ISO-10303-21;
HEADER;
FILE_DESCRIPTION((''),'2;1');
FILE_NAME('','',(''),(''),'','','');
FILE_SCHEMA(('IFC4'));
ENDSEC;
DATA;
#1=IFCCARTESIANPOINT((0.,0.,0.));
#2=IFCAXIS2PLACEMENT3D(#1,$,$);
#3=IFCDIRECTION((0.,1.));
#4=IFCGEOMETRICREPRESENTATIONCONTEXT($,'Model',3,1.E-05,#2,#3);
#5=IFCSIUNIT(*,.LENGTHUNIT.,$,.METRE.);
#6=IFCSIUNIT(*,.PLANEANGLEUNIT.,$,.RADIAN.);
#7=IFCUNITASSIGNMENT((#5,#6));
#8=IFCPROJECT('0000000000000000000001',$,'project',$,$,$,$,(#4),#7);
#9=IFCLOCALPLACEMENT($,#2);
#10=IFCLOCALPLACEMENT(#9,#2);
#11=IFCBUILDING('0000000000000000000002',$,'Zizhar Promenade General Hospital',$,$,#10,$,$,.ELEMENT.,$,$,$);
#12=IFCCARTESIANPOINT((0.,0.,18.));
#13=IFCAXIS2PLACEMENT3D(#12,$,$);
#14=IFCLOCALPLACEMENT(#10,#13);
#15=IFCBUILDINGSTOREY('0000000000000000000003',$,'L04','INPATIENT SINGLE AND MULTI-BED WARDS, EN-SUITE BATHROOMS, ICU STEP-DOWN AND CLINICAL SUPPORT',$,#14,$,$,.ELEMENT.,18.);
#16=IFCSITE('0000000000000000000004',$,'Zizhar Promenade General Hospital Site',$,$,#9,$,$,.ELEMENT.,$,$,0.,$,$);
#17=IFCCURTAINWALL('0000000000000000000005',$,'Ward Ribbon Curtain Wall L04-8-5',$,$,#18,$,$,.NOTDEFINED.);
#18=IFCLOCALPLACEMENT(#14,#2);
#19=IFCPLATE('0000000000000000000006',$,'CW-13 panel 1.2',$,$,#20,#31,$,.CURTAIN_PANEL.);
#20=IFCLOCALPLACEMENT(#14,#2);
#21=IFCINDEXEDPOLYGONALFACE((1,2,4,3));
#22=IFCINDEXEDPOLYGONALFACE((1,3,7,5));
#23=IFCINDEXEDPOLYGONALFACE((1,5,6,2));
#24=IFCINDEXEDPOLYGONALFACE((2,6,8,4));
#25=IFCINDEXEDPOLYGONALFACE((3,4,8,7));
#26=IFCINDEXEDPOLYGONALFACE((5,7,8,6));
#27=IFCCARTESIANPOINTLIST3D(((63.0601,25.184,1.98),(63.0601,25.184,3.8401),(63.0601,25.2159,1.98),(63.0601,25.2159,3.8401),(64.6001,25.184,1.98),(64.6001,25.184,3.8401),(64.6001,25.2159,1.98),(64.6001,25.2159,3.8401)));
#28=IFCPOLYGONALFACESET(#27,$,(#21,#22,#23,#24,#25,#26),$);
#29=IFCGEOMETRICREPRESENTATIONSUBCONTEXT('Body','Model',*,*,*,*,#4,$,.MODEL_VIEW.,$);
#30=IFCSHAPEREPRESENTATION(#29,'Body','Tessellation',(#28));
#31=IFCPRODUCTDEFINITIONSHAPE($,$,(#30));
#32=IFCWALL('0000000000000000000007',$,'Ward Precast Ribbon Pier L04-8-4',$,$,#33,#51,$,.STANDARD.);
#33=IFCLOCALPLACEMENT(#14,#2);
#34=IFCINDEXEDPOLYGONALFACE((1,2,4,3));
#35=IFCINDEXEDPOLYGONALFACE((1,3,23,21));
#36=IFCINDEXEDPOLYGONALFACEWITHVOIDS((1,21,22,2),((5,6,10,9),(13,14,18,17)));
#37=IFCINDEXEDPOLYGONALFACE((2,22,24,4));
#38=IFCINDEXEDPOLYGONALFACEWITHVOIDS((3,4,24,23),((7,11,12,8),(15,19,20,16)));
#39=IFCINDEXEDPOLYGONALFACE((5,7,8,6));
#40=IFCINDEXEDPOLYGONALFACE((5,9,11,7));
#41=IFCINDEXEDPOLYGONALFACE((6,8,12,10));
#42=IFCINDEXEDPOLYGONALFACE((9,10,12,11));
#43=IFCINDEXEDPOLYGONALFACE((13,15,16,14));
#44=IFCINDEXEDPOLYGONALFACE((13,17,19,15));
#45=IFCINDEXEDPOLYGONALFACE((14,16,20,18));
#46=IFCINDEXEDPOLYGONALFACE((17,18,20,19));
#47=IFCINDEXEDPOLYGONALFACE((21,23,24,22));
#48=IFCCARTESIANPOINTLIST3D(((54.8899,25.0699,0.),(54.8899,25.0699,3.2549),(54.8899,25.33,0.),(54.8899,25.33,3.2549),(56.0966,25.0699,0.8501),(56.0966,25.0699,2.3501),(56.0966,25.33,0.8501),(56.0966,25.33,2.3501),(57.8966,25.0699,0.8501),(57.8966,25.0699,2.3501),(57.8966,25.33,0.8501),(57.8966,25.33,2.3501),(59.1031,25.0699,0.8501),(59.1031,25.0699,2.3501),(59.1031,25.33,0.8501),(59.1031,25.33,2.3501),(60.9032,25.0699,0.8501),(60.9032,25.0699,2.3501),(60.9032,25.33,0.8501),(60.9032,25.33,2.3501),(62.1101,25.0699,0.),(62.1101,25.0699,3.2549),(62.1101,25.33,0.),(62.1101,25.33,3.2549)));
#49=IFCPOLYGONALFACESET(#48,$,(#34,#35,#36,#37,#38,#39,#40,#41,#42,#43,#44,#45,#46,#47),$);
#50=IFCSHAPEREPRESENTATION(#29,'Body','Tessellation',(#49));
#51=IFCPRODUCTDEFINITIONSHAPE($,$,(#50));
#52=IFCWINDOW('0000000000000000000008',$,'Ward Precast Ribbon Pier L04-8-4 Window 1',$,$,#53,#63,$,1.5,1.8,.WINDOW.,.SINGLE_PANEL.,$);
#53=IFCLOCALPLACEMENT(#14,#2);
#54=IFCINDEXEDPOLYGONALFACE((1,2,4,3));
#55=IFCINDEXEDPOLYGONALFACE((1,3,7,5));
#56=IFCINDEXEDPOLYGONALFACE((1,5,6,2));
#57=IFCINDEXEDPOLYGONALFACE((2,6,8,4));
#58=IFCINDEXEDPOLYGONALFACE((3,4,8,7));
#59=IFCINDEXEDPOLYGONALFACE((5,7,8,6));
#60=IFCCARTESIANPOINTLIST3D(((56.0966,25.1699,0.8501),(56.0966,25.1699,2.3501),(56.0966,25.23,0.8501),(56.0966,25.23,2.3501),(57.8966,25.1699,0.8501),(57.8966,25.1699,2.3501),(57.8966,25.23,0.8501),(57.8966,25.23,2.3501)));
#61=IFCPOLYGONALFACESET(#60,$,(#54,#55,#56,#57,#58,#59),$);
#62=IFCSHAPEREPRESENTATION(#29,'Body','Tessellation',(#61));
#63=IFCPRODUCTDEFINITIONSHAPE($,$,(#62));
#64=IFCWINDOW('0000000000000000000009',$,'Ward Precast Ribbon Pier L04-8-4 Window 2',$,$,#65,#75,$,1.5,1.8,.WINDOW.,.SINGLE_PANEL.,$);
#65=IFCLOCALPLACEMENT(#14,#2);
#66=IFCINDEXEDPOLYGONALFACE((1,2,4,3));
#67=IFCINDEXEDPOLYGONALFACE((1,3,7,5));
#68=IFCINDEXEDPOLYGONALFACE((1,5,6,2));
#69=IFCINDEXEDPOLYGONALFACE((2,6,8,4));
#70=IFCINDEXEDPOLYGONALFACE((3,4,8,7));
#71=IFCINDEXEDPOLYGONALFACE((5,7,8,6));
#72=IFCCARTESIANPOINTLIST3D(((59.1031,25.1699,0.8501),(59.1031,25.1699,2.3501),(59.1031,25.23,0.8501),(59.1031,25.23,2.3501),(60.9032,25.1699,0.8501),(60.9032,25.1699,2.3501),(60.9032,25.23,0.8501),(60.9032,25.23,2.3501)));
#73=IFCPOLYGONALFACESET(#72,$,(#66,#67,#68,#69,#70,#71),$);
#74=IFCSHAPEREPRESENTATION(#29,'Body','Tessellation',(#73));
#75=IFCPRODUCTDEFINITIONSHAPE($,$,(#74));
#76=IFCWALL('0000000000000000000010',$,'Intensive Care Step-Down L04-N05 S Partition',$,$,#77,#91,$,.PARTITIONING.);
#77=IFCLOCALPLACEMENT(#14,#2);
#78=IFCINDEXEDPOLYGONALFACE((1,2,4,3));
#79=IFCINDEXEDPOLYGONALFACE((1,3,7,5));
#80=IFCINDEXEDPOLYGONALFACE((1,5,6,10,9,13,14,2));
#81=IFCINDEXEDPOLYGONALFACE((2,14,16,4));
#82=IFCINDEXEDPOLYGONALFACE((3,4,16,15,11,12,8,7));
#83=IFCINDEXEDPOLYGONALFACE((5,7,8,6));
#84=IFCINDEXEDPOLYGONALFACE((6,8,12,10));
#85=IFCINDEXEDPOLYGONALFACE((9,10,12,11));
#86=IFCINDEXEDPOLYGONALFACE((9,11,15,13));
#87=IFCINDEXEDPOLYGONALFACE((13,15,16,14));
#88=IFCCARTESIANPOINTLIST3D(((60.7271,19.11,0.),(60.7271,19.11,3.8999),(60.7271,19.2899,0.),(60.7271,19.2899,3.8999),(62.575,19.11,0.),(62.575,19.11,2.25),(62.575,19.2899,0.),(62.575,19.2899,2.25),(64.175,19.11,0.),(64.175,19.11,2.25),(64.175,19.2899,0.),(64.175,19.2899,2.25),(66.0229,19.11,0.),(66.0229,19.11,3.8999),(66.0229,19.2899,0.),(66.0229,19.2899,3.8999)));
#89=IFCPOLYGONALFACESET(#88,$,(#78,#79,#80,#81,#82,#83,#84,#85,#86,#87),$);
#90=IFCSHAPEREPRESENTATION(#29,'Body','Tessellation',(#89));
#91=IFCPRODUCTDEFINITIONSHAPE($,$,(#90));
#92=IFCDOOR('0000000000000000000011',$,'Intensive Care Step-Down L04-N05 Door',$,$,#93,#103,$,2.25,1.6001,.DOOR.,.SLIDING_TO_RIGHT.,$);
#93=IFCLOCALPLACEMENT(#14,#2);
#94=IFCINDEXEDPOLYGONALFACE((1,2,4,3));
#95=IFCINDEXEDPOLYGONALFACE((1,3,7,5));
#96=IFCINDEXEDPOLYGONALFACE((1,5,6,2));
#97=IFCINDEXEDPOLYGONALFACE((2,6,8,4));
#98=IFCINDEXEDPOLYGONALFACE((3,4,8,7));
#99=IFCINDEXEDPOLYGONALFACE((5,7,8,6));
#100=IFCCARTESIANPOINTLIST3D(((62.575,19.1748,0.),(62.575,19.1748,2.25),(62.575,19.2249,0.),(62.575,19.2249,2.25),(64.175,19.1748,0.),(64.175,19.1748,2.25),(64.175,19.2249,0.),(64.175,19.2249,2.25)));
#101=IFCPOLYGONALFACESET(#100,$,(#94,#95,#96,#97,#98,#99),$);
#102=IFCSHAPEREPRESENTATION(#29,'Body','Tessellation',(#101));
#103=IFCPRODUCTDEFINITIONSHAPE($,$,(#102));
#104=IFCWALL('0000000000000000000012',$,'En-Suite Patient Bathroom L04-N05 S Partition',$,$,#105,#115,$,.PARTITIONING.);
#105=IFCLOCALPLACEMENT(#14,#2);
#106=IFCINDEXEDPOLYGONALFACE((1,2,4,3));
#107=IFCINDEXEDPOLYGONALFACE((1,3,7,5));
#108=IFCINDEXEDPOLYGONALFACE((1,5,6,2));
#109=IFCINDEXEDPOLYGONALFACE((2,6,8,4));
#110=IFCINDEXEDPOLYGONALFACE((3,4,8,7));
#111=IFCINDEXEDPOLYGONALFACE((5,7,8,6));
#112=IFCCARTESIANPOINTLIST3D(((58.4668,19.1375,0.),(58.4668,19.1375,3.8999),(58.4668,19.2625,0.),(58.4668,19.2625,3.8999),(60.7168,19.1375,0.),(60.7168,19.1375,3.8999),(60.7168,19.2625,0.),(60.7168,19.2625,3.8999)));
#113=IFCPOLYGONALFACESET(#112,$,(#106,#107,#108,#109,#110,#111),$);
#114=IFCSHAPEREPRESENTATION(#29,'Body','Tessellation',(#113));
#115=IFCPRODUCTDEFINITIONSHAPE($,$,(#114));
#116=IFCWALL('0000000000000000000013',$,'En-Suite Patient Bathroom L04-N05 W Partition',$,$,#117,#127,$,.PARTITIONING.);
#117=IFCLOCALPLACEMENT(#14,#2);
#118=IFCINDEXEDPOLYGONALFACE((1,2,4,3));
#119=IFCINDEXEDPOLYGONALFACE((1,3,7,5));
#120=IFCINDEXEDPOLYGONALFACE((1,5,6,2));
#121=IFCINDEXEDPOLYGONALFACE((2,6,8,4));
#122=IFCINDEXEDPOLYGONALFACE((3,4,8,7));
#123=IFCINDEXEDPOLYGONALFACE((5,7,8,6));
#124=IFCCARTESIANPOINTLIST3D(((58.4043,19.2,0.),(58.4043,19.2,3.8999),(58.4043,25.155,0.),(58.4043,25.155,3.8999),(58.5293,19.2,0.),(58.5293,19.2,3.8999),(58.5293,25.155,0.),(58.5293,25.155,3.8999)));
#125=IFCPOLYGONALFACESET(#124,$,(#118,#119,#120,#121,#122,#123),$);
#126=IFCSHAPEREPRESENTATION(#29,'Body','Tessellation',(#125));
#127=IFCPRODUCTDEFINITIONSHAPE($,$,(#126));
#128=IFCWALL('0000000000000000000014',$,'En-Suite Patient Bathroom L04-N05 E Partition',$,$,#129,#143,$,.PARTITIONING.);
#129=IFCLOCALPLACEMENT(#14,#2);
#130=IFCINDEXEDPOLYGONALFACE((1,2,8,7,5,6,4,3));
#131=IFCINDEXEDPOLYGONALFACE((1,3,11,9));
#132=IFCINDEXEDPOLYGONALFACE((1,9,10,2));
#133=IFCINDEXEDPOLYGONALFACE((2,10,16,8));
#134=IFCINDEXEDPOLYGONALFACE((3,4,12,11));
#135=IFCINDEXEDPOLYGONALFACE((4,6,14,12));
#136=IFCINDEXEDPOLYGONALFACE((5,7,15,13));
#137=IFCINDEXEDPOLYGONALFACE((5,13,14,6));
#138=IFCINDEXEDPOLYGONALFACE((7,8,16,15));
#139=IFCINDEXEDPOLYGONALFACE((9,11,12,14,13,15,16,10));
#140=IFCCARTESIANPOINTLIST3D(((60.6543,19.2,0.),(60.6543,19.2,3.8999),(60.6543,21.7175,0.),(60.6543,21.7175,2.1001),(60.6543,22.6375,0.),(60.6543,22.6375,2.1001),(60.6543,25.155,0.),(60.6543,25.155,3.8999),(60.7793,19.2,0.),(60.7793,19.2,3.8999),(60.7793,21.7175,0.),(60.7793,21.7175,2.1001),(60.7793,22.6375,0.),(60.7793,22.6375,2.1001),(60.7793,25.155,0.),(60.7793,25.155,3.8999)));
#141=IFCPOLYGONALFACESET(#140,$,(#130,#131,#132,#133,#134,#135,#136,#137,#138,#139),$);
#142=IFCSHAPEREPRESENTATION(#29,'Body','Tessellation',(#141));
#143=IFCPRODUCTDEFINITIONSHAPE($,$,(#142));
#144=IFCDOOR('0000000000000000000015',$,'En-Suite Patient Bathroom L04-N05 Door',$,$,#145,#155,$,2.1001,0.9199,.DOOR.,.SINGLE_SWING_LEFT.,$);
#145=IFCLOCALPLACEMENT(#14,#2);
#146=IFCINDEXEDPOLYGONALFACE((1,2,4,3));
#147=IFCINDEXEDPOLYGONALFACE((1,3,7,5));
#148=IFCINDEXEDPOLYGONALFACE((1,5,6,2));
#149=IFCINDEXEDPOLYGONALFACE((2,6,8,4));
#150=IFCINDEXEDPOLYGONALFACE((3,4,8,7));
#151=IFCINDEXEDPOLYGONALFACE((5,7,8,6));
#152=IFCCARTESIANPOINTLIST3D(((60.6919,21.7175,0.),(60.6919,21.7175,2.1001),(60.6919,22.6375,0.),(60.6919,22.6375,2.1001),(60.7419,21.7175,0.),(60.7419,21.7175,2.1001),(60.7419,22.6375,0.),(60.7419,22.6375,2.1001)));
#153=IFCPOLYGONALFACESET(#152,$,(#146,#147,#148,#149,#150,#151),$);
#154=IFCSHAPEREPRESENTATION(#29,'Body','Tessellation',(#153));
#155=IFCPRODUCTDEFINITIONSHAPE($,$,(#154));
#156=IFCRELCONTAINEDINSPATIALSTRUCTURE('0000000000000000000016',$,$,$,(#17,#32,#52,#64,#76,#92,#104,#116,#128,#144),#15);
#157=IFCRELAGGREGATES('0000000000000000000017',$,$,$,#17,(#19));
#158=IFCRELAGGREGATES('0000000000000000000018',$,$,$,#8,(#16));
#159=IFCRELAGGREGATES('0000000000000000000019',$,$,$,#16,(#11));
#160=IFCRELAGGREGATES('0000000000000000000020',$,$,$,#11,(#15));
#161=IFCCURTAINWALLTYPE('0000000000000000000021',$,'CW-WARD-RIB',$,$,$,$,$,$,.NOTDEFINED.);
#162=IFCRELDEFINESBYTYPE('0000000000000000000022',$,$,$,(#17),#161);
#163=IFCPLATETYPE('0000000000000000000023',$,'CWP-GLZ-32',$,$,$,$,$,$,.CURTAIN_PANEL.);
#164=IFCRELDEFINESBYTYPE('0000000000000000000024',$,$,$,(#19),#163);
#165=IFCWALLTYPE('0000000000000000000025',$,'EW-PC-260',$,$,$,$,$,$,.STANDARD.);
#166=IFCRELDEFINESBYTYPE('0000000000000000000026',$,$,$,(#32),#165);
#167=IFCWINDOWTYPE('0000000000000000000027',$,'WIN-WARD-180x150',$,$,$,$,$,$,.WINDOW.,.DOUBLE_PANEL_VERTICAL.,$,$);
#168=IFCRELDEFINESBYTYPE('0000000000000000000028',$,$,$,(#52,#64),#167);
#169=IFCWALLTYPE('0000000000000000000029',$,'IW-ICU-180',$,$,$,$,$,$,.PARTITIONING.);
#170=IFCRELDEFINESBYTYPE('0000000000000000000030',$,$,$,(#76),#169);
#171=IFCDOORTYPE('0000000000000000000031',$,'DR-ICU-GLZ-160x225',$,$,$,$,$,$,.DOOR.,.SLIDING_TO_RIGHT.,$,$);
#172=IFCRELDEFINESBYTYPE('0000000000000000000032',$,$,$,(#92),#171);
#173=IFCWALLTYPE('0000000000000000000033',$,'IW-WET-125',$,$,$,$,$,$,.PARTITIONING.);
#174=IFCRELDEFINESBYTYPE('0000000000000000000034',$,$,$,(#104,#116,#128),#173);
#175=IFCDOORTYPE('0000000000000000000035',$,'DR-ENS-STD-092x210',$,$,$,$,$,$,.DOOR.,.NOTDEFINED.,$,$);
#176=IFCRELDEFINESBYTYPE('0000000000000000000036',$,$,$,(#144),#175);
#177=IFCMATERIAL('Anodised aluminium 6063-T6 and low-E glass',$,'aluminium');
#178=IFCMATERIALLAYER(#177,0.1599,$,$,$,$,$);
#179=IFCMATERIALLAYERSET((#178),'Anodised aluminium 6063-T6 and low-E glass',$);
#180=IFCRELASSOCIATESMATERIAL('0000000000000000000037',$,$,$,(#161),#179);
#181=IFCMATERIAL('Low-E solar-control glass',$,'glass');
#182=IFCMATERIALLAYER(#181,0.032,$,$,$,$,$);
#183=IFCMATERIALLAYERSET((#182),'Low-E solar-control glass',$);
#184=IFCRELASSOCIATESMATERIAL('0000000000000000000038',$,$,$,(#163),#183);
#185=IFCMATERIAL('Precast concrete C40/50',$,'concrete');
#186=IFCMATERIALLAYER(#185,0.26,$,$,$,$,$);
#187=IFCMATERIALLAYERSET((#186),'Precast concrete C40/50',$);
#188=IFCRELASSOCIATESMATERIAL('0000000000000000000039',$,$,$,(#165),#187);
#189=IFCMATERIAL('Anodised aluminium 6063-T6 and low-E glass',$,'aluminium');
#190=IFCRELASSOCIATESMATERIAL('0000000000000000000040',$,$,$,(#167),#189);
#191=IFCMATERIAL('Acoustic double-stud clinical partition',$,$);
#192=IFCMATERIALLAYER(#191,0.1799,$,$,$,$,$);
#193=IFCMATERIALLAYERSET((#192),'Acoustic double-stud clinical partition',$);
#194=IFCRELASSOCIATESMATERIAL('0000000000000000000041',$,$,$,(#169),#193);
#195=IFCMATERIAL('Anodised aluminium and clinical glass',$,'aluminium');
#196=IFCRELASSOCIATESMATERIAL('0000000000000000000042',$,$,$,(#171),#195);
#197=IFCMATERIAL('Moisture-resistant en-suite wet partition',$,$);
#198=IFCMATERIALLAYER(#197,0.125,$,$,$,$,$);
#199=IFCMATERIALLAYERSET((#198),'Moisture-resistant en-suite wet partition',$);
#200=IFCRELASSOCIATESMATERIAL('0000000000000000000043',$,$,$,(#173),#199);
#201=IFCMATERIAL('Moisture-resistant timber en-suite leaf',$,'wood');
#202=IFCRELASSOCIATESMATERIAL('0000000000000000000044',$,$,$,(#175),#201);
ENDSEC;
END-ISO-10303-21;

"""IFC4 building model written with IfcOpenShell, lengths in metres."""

from ifc_helpers import new_model, si_unit, direction, frame, frame_2d, origin, origin_2d, place, context, subcontext, project, spatial, rectangle, extrude, material, layer, layer_set, type_object, element, fill, aggregate, save


model = new_model("IFC4")

# Units and contexts
model_context = context("Model", 3, precision=1e-05, world=origin(), true_north=direction((0.0, 1.0)))
body_context = subcontext(model_context, "Body", "Model", "MODEL_VIEW")
ifc_project = project(units=[si_unit("LENGTHUNIT", "METRE"), si_unit("PLANEANGLEUNIT", "RADIAN")], contexts=[model_context])

# Site, building, storey
site_placement = place(None, origin())
site = spatial("IfcSite", under=ifc_project, at=site_placement, Name="Zizhar Promenade General Hospital Site", CompositionType="ELEMENT", RefElevation=0.0)
building_placement = place(site_placement, origin())
building = spatial("IfcBuilding", under=site, at=building_placement, Name="Zizhar Promenade General Hospital", CompositionType="ELEMENT")
storey_placement = place(building_placement, frame((0.0, 0.0, 18.0)))
storey = spatial("IfcBuildingStorey", under=building, at=storey_placement, Name="L04", Description="INPATIENT SINGLE AND MULTI-BED WARDS, EN-SUITE BATHROOMS, ICU STEP-DOWN AND CLINICAL SUPPORT", CompositionType="ELEMENT", Elevation=18.0)

# Shared definitions
ifc_material_1 = material(Name="Anodised aluminium 6063-T6 and low-E glass", Category="aluminium")
ifc_layer_1 = layer(ifc_material_1, 0.1599)
ifc_layer_set_1 = layer_set([ifc_layer_1], Name="Anodised aluminium 6063-T6 and low-E glass")
curtain_wall_type = type_object("IfcCurtainWallType", Name="CW-WARD-RIB", PredefinedType="NOTDEFINED", material=ifc_layer_set_1)

# Curtain wall, plate
curtain_wall_1_placement = place(storey_placement, origin())
curtain_wall_1 = element("IfcCurtainWall", 1, at=curtain_wall_1_placement, inside=storey, type_object=curtain_wall_type, Name="Ward Ribbon Curtain Wall L04-8-5", PredefinedType="NOTDEFINED")
ifc_material_2 = material(Name="Low-E solar-control glass", Category="glass")
ifc_layer_2 = layer(ifc_material_2, 0.032)
ifc_layer_set_2 = layer_set([ifc_layer_2], Name="Low-E solar-control glass")
plate_type = type_object("IfcPlateType", Name="CWP-GLZ-32", PredefinedType="CURTAIN_PANEL", material=ifc_layer_set_2)
plate_1_placement = place(storey_placement, frame((63.8301, 25.2, 1.98), z_axis=(0.0, 0.0, 1.0), x_axis=(1.0, 0.0, 0.0)))
plate_1 = element("IfcPlate", 2, at=plate_1_placement, type_object=plate_type, Name="CW-13 panel 1.2", PredefinedType="CURTAIN_PANEL", context=body_context, shape_type="SweptSolid", body=[
    extrude(rectangle(XDim=1.54, YDim=0.032, at=origin_2d()), origin(), (0.0, 0.0, 1.0), 1.8601),
])
aggregate(curtain_wall_1, [plate_1])

# Wall, openings, windows
ifc_material_3 = material(Name="Precast concrete C40/50", Category="concrete")
ifc_layer_3 = layer(ifc_material_3, 0.26)
ifc_layer_set_3 = layer_set([ifc_layer_3], Name="Precast concrete C40/50")
wall_type_1 = type_object("IfcWallType", Name="EW-PC-260", PredefinedType="STANDARD", material=ifc_layer_set_3)
wall_1_placement = place(storey_placement, frame((54.8899, 25.2, 0.0), z_axis=(0.0, 0.0, 1.0), x_axis=(1.0, 0.0, 0.0)))
wall_1 = element("IfcWall", 3, at=wall_1_placement, inside=storey, type_object=wall_type_1, Name="Ward Precast Ribbon Pier L04-8-4", PredefinedType="STANDARD", context=body_context, shape_type="SweptSolid", body=[
    extrude(rectangle(XDim=7.2202, YDim=0.26, at=frame_2d((3.6101, 0.0))), origin(), (0.0, 0.0, 1.0), 3.2549),
])
opening_1_placement = place(wall_1_placement, frame((1.2068, 0.0, 0.8501)))
opening_1 = element("IfcOpeningElement", 4, at=opening_1_placement, cuts=wall_1, PredefinedType="OPENING", context=body_context, shape_type="SweptSolid", body=[
    extrude(rectangle(XDim=1.8, YDim=1.5, at=frame_2d((0.8999, 0.75))), frame((0.0, 0.1401, 0.0), z_axis=(0.0, -1.0, 0.0), x_axis=(1.0, 0.0, 0.0)), (0.0, 0.0, 1.0), 0.28),
])
opening_2_placement = place(wall_1_placement, frame((4.2134, 0.0, 0.8501)))
opening_2 = element("IfcOpeningElement", 5, at=opening_2_placement, cuts=wall_1, PredefinedType="OPENING", context=body_context, shape_type="SweptSolid", body=[
    extrude(rectangle(XDim=1.8, YDim=1.5, at=frame_2d((0.8999, 0.75))), frame((0.0, 0.1401, 0.0), z_axis=(0.0, -1.0, 0.0), x_axis=(1.0, 0.0, 0.0)), (0.0, 0.0, 1.0), 0.28),
])
ifc_material_4 = material(Name="Anodised aluminium 6063-T6 and low-E glass", Category="aluminium")
window_type = type_object("IfcWindowType", Name="WIN-WARD-180x150", PartitioningType="DOUBLE_PANEL_VERTICAL", PredefinedType="WINDOW", material=ifc_material_4)
window_1_placement = place(opening_1_placement, origin())
window_1 = element("IfcWindow", 6, at=window_1_placement, inside=storey, type_object=window_type, Name="Ward Precast Ribbon Pier L04-8-4 Window 1", OverallHeight=1.5, OverallWidth=1.8, PartitioningType="SINGLE_PANEL", PredefinedType="WINDOW", context=body_context, shape_type="SweptSolid", body=[
    extrude(rectangle(XDim=1.8, YDim=1.5, at=frame_2d((0.8999, 0.75))), frame((0.0, 0.03, 0.0), z_axis=(0.0, -1.0, 0.0), x_axis=(1.0, 0.0, 0.0)), (0.0, 0.0, 1.0), 0.0601),
])
fill(opening_1, window_1)
window_2_placement = place(opening_2_placement, origin())
window_2 = element("IfcWindow", 7, at=window_2_placement, inside=storey, type_object=window_type, Name="Ward Precast Ribbon Pier L04-8-4 Window 2", OverallHeight=1.5, OverallWidth=1.8, PartitioningType="SINGLE_PANEL", PredefinedType="WINDOW", context=body_context, shape_type="SweptSolid", body=[
    extrude(rectangle(XDim=1.8, YDim=1.5, at=frame_2d((0.8999, 0.75))), frame((0.0, 0.03, 0.0), z_axis=(0.0, -1.0, 0.0), x_axis=(1.0, 0.0, 0.0)), (0.0, 0.0, 1.0), 0.0601),
])
fill(opening_2, window_2)

# Wall, opening, door
ifc_material_5 = material(Name="Acoustic double-stud clinical partition")
ifc_layer_4 = layer(ifc_material_5, 0.1799)
ifc_layer_set_4 = layer_set([ifc_layer_4], Name="Acoustic double-stud clinical partition")
wall_type_2 = type_object("IfcWallType", Name="IW-ICU-180", PredefinedType="PARTITIONING", material=ifc_layer_set_4)
wall_2_placement = place(storey_placement, frame((60.7271, 19.2, 0.0), z_axis=(0.0, 0.0, 1.0), x_axis=(1.0, 0.0, 0.0)))
wall_2 = element("IfcWall", 8, at=wall_2_placement, inside=storey, type_object=wall_type_2, Name="Intensive Care Step-Down L04-N05 S Partition", PredefinedType="PARTITIONING", context=body_context, shape_type="SweptSolid", body=[
    extrude(rectangle(XDim=5.2959, YDim=0.1799, at=frame_2d((2.6479, 0.0))), origin(), (0.0, 0.0, 1.0), 3.8999),
])
opening_3_placement = place(wall_2_placement, frame((1.8479, 0.0, 0.0)))
opening_3 = element("IfcOpeningElement", 9, at=opening_3_placement, cuts=wall_2, PredefinedType="OPENING", context=body_context, shape_type="SweptSolid", body=[
    extrude(rectangle(XDim=1.6001, YDim=2.25, at=frame_2d((0.8, 1.125))), frame((0.0, 0.1001, 0.0), z_axis=(0.0, -1.0, 0.0), x_axis=(1.0, 0.0, 0.0)), (0.0, 0.0, 1.0), 0.2),
])
ifc_material_6 = material(Name="Anodised aluminium and clinical glass", Category="aluminium")
door_type_1 = type_object("IfcDoorType", Name="DR-ICU-GLZ-160x225", OperationType="SLIDING_TO_RIGHT", PredefinedType="DOOR", material=ifc_material_6)
door_1_placement = place(opening_3_placement, origin())
door_1 = element("IfcDoor", 10, at=door_1_placement, inside=storey, type_object=door_type_1, Name="Intensive Care Step-Down L04-N05 Door", OperationType="SLIDING_TO_RIGHT", OverallHeight=2.25, OverallWidth=1.6001, PredefinedType="DOOR", context=body_context, shape_type="SweptSolid", body=[
    extrude(rectangle(XDim=1.6001, YDim=2.25, at=frame_2d((0.8, 1.125))), frame((0.0, 0.0249, 0.0), z_axis=(0.0, -1.0, 0.0), x_axis=(1.0, 0.0, 0.0)), (0.0, 0.0, 1.0), 0.05),
])
fill(opening_3, door_1)

# Walls
ifc_material_7 = material(Name="Moisture-resistant en-suite wet partition")
ifc_layer_5 = layer(ifc_material_7, 0.125)
ifc_layer_set_5 = layer_set([ifc_layer_5], Name="Moisture-resistant en-suite wet partition")
wall_type_3 = type_object("IfcWallType", Name="IW-WET-125", PredefinedType="PARTITIONING", material=ifc_layer_set_5)
wall_3_placement = place(storey_placement, frame((58.4668, 19.2, 0.0), z_axis=(0.0, 0.0, 1.0), x_axis=(1.0, 0.0, 0.0)))
element("IfcWall", 11, at=wall_3_placement, inside=storey, type_object=wall_type_3, Name="En-Suite Patient Bathroom L04-N05 S Partition", PredefinedType="PARTITIONING", context=body_context, shape_type="SweptSolid", body=[
    extrude(rectangle(XDim=2.25, YDim=0.125, at=frame_2d((1.125, 0.0))), origin(), (0.0, 0.0, 1.0), 3.8999),
])
wall_4_placement = place(storey_placement, frame((58.4668, 19.2, 0.0), z_axis=(0.0, 0.0, 1.0), x_axis=(0.0, 1.0, 0.0)))
element("IfcWall", 12, at=wall_4_placement, inside=storey, type_object=wall_type_3, Name="En-Suite Patient Bathroom L04-N05 W Partition", PredefinedType="PARTITIONING", context=body_context, shape_type="SweptSolid", body=[
    extrude(rectangle(XDim=5.9551, YDim=0.125, at=frame_2d((2.9775, 0.0))), origin(), (0.0, 0.0, 1.0), 3.8999),
])

# Wall, opening, door
wall_5_placement = place(storey_placement, frame((60.7168, 19.2, 0.0), z_axis=(0.0, 0.0, 1.0), x_axis=(0.0, 1.0, 0.0)))
wall_5 = element("IfcWall", 13, at=wall_5_placement, inside=storey, type_object=wall_type_3, Name="En-Suite Patient Bathroom L04-N05 E Partition", PredefinedType="PARTITIONING", context=body_context, shape_type="SweptSolid", body=[
    extrude(rectangle(XDim=5.9551, YDim=0.125, at=frame_2d((2.9775, 0.0))), origin(), (0.0, 0.0, 1.0), 3.8999),
])
opening_4_placement = place(wall_5_placement, frame((2.5176, 0.0, 0.0)))
opening_4 = element("IfcOpeningElement", 14, at=opening_4_placement, cuts=wall_5, PredefinedType="OPENING", context=body_context, shape_type="SweptSolid", body=[
    extrude(rectangle(XDim=0.9199, YDim=2.1001, at=frame_2d((0.46, 1.05))), frame((0.0, 0.0725, 0.0), z_axis=(0.0, -1.0, 0.0), x_axis=(1.0, 0.0, 0.0)), (0.0, 0.0, 1.0), 0.145),
])
ifc_material_8 = material(Name="Moisture-resistant timber en-suite leaf", Category="wood")
door_type_2 = type_object("IfcDoorType", Name="DR-ENS-STD-092x210", OperationType="NOTDEFINED", PredefinedType="DOOR", material=ifc_material_8)
door_2_placement = place(opening_4_placement, origin())
door_2 = element("IfcDoor", 15, at=door_2_placement, inside=storey, type_object=door_type_2, Name="En-Suite Patient Bathroom L04-N05 Door", OperationType="SINGLE_SWING_LEFT", OverallHeight=2.1001, OverallWidth=0.9199, PredefinedType="DOOR", context=body_context, shape_type="SweptSolid", body=[
    extrude(rectangle(XDim=0.9199, YDim=2.1001, at=frame_2d((0.46, 1.05))), frame((0.0, 0.0249, 0.0), z_axis=(0.0, -1.0, 0.0), x_axis=(1.0, 0.0, 0.0)), (0.0, 0.0, 1.0), 0.05),
])
fill(opening_4, door_2)

save(model, "model.ifc")
